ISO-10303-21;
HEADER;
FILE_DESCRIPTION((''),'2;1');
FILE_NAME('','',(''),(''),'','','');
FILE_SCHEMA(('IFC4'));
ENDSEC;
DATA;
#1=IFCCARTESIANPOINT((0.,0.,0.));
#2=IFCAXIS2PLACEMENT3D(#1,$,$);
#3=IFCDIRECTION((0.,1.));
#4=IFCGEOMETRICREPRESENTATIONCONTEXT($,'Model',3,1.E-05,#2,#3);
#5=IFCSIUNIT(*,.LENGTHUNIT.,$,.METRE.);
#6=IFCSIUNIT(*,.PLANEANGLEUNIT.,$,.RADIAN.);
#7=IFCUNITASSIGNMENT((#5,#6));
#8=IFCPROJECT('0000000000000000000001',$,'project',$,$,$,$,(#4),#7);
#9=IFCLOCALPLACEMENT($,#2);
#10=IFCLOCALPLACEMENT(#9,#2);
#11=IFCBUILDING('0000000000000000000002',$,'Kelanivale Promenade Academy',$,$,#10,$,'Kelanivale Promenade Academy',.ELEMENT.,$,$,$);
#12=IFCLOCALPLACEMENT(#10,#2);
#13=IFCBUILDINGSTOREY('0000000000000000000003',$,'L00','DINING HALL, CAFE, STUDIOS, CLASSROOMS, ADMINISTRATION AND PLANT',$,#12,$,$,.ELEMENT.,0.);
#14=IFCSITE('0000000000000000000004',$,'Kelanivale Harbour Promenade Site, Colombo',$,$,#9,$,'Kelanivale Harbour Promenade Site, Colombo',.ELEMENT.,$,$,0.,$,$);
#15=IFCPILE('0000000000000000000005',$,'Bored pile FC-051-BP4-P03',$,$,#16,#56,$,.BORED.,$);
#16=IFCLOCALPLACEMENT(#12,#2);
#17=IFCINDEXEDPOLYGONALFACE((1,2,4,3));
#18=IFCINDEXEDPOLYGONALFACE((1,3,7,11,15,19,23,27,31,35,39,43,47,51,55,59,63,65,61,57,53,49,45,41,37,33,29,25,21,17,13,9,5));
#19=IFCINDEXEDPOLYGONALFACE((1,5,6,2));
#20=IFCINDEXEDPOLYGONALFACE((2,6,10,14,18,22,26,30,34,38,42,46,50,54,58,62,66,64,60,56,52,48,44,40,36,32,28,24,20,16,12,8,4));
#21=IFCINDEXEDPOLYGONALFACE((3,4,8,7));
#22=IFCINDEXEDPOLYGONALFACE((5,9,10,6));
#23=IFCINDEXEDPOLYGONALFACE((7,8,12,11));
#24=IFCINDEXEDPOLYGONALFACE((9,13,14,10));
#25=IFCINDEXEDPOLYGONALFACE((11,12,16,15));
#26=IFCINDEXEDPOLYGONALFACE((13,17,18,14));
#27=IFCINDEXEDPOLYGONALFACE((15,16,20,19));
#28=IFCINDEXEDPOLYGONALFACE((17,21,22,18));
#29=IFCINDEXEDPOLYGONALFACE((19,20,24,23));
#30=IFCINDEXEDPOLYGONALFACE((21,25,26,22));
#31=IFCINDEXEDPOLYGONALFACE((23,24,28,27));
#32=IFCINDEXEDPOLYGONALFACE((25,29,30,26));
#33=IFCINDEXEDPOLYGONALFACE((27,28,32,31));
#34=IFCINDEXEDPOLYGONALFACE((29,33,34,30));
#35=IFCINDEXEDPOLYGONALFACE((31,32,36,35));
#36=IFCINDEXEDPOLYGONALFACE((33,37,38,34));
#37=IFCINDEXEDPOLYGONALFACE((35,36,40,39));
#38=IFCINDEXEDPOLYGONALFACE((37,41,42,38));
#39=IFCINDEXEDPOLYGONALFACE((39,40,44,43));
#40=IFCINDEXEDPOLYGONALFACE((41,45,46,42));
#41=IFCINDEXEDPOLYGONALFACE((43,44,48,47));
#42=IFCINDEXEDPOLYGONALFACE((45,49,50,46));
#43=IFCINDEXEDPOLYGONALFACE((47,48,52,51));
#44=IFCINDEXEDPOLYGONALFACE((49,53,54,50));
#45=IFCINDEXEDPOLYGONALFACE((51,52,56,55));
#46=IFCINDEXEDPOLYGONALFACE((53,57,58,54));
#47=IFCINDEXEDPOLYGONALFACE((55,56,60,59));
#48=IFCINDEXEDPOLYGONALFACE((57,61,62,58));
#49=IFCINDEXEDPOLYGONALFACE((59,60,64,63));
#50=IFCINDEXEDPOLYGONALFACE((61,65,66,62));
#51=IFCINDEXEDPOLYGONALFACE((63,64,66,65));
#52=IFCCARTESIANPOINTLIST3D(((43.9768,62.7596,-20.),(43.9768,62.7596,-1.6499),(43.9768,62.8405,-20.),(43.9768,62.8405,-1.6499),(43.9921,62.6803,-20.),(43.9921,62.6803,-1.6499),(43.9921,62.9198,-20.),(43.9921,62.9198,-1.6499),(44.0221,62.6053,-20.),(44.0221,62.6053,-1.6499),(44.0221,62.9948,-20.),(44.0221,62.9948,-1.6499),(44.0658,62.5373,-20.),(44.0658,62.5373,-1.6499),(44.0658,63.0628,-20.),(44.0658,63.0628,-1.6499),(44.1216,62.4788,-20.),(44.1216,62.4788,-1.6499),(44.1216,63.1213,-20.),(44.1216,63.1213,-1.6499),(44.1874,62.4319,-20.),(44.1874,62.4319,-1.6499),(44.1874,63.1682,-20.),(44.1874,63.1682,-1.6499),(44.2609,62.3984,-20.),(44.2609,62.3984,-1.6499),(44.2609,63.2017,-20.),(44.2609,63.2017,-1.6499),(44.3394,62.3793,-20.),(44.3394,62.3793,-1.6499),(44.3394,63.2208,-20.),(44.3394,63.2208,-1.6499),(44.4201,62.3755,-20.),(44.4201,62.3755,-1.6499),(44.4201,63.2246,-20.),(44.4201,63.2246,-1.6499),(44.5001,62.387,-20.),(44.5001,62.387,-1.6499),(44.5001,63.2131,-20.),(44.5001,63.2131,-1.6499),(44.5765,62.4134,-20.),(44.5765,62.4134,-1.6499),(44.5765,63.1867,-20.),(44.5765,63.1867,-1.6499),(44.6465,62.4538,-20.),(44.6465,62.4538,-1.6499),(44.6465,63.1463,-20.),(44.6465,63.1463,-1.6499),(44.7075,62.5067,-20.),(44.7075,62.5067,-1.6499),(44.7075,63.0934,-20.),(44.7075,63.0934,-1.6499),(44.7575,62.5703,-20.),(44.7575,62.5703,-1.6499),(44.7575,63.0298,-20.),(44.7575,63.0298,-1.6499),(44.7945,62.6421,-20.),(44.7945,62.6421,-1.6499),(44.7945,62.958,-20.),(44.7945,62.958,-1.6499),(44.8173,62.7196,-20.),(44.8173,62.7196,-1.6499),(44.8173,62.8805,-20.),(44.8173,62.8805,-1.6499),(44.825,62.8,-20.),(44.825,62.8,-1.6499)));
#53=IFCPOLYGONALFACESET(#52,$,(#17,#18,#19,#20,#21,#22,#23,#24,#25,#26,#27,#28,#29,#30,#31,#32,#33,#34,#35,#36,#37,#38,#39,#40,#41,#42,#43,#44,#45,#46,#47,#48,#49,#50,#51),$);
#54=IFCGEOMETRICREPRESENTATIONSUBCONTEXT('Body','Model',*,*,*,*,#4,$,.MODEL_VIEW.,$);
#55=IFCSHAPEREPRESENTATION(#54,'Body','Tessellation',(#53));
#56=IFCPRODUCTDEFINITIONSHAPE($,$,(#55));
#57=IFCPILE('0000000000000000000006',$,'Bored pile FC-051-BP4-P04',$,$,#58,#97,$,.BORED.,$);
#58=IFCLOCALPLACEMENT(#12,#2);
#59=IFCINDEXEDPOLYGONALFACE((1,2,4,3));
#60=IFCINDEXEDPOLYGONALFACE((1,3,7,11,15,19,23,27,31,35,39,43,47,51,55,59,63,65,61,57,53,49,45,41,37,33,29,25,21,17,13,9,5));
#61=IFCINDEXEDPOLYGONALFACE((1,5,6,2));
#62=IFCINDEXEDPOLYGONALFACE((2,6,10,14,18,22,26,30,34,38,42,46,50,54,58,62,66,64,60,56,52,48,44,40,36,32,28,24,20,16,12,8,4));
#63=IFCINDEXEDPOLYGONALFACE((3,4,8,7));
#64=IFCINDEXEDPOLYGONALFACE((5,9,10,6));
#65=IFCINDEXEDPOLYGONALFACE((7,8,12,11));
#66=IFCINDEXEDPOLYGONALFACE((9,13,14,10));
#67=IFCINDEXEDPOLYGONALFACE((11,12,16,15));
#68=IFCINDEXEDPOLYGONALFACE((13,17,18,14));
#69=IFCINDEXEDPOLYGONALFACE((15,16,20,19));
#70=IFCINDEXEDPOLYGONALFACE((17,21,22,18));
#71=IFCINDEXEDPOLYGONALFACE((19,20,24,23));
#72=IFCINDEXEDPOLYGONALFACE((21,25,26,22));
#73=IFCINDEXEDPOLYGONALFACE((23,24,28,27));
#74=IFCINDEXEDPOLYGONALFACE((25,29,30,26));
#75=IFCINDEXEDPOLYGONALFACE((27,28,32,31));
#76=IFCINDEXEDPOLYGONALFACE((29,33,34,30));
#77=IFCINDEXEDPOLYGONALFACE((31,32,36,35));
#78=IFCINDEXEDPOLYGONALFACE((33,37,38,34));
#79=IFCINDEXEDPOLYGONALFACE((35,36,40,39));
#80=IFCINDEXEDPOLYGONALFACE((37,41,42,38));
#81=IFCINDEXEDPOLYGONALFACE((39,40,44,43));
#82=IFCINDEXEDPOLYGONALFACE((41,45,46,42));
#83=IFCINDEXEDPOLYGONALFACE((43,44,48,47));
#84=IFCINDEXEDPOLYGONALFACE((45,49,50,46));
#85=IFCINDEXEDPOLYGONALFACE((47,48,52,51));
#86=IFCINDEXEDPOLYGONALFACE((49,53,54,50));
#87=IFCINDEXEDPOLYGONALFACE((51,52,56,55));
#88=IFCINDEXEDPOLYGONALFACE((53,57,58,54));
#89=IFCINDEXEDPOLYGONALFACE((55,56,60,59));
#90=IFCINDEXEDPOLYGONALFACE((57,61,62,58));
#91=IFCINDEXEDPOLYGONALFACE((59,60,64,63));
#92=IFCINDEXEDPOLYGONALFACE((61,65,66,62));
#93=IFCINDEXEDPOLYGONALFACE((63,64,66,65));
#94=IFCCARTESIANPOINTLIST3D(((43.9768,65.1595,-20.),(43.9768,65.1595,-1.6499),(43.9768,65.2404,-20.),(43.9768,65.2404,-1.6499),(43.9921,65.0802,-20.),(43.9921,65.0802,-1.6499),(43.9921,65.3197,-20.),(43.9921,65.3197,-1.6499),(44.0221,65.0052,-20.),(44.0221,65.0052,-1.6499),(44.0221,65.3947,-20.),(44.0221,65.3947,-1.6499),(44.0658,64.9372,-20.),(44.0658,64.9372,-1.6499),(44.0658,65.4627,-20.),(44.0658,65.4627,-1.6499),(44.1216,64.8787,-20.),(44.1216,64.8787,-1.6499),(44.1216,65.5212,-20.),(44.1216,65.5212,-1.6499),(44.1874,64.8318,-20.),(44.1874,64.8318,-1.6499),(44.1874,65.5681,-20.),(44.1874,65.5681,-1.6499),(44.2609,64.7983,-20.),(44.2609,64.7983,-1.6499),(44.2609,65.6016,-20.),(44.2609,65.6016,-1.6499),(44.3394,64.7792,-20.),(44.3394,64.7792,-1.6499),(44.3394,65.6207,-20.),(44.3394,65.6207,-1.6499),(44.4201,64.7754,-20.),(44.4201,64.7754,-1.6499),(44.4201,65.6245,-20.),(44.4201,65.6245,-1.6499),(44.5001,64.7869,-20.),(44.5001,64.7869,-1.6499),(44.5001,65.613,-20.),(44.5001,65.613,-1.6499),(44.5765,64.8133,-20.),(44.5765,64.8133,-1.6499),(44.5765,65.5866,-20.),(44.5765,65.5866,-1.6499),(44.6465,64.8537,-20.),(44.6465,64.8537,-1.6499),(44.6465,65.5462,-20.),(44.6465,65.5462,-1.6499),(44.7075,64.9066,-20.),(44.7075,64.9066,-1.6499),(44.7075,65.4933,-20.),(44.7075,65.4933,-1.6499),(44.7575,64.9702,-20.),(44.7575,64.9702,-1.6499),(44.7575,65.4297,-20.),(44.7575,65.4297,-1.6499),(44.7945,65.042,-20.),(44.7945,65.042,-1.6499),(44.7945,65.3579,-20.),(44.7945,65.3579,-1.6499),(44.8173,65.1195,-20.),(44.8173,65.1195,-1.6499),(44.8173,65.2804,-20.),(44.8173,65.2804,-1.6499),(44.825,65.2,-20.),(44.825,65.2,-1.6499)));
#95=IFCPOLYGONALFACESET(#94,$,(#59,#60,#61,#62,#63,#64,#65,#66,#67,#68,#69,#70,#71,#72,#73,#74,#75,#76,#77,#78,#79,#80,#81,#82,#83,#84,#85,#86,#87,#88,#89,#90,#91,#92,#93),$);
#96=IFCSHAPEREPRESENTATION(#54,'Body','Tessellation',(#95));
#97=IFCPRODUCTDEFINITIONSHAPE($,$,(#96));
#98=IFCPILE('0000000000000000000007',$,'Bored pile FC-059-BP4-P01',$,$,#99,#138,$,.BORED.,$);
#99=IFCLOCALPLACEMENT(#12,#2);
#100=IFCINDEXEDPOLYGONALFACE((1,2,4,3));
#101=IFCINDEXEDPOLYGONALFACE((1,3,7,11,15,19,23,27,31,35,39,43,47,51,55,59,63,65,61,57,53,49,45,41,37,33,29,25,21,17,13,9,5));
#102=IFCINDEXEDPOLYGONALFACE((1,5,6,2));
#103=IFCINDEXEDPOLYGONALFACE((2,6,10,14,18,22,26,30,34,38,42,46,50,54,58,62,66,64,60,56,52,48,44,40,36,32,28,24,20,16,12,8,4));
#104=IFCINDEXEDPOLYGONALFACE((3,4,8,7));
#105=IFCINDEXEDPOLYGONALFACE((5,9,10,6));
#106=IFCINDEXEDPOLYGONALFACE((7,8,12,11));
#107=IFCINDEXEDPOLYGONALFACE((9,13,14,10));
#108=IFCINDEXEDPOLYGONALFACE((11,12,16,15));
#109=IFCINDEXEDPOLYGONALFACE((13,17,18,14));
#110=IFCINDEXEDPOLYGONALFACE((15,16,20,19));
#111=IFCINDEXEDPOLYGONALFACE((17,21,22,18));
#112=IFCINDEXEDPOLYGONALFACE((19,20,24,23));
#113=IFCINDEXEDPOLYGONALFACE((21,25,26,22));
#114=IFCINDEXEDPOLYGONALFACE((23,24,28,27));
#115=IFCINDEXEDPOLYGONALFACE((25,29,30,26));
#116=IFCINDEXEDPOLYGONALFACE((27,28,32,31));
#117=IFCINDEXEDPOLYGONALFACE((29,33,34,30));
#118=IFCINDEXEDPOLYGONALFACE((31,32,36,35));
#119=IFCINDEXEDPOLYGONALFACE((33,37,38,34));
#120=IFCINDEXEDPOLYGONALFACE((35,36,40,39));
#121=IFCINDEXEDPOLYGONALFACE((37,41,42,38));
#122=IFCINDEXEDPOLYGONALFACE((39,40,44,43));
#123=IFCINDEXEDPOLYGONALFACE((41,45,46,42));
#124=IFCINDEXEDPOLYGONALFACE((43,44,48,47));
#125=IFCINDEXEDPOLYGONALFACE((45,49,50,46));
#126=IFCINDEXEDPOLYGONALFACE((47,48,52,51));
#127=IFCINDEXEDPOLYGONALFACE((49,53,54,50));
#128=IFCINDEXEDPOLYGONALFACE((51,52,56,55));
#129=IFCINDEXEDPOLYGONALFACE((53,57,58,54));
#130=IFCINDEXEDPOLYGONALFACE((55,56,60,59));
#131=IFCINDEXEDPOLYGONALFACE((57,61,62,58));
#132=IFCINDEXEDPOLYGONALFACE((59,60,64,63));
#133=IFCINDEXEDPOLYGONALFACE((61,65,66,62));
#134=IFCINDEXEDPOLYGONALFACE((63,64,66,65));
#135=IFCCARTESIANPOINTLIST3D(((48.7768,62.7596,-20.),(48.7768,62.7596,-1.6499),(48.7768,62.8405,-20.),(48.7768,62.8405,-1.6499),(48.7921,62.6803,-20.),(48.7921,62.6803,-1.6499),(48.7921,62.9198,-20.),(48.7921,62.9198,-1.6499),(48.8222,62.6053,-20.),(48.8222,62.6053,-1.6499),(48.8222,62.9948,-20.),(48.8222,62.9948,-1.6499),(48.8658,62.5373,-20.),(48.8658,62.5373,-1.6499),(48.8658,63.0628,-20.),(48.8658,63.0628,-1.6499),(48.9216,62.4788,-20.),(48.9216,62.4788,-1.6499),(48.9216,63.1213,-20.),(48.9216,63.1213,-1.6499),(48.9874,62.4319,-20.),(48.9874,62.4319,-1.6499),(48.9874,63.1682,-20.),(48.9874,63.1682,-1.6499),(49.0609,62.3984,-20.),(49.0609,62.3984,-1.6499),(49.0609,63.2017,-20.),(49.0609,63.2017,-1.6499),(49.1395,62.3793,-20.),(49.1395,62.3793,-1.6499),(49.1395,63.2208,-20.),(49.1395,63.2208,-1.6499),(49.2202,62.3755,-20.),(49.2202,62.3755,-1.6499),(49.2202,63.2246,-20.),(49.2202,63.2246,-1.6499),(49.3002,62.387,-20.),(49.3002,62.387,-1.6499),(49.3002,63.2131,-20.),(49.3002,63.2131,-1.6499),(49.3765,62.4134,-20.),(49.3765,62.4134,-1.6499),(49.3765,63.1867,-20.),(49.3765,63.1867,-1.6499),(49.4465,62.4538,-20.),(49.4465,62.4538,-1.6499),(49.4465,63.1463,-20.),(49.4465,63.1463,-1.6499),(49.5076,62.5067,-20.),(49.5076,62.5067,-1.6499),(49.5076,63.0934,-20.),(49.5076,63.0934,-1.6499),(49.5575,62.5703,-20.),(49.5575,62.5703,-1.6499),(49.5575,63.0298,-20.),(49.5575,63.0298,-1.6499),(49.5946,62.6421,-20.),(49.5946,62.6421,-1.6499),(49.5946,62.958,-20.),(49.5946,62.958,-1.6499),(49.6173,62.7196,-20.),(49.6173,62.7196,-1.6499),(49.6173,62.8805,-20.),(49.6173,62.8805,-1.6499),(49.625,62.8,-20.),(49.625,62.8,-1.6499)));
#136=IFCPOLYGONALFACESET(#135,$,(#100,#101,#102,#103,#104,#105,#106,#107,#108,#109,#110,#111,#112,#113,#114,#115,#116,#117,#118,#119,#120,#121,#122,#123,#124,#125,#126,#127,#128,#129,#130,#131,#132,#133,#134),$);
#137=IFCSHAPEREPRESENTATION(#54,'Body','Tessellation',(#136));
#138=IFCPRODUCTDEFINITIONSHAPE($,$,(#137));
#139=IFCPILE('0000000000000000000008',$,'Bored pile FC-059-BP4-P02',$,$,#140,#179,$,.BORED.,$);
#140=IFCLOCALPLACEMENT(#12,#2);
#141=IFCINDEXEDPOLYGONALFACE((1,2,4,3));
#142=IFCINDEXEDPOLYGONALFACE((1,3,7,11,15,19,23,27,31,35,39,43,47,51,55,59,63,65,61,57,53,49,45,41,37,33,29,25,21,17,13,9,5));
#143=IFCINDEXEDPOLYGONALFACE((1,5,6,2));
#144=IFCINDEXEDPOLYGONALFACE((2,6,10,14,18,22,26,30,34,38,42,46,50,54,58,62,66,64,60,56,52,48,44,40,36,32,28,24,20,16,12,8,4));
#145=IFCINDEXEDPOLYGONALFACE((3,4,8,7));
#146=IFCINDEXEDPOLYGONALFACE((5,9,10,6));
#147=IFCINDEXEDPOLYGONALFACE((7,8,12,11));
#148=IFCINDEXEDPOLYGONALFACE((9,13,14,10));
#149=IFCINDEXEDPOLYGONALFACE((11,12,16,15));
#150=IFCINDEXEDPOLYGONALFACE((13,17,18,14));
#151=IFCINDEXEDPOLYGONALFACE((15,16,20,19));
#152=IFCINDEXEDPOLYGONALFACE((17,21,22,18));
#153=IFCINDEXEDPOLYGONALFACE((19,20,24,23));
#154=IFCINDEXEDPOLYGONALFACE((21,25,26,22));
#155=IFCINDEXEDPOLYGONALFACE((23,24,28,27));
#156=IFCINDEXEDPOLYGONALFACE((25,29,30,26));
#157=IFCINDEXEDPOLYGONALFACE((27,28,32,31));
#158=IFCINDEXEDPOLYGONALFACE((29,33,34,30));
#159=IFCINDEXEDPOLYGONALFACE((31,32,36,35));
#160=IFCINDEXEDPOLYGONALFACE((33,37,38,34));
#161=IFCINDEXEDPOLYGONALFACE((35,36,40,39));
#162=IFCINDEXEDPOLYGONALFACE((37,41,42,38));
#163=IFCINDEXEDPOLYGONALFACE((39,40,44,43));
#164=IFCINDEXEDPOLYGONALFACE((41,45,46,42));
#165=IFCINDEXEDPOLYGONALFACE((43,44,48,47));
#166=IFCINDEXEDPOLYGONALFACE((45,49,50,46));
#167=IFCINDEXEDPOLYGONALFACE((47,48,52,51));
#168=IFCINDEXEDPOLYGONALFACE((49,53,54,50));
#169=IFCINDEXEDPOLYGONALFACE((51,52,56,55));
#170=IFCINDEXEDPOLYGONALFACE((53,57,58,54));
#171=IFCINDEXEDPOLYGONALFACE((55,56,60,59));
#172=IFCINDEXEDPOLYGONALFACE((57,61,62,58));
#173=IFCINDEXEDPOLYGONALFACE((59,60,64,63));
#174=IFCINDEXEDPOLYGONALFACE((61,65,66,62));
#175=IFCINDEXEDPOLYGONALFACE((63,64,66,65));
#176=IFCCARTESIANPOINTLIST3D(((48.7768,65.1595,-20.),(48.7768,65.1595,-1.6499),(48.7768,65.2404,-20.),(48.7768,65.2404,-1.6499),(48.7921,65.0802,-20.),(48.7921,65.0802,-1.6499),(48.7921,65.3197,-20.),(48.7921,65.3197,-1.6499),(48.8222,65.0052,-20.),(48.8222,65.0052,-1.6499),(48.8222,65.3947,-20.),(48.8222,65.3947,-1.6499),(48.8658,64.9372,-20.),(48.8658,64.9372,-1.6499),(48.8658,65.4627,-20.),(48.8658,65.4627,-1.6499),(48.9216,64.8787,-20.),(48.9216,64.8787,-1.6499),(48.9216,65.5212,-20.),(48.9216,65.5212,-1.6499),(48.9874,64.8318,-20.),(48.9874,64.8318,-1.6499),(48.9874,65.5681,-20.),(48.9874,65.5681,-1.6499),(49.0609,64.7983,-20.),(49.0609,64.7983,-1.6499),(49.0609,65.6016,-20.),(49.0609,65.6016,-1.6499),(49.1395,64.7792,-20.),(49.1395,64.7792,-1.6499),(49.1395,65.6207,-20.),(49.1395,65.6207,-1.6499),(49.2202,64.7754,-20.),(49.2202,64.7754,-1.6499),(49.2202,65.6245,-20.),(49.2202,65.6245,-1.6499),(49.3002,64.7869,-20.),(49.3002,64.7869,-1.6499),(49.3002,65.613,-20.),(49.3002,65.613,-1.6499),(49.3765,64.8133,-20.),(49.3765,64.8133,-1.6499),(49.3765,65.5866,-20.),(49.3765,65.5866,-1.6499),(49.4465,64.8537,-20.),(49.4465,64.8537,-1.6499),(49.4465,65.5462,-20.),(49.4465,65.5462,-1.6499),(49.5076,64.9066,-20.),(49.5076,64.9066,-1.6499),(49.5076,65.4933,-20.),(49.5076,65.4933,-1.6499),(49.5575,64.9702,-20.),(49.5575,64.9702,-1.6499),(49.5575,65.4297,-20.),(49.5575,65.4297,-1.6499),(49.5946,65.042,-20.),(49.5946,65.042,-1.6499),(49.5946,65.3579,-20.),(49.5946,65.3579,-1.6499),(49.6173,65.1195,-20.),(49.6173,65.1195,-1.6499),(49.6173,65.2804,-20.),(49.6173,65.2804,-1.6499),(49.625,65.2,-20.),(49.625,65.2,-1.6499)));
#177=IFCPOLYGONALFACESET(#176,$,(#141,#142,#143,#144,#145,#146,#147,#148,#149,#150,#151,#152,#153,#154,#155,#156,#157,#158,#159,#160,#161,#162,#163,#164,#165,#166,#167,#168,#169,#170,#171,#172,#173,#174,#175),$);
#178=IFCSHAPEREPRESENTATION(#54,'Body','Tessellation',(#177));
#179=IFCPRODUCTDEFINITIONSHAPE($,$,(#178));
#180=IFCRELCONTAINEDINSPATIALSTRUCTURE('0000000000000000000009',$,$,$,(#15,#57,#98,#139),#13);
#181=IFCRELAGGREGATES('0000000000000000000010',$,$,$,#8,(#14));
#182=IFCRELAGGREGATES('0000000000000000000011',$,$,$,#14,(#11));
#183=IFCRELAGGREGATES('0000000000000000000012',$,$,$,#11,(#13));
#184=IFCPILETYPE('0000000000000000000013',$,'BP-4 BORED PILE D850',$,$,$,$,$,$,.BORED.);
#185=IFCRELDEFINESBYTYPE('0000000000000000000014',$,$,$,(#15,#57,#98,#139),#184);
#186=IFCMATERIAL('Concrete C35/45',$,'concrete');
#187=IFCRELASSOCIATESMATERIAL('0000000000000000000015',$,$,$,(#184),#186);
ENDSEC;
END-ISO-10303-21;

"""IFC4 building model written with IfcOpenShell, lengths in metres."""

from ifc_helpers import new_model, si_unit, direction, frame, origin, origin_2d, place, context, subcontext, project, spatial, circle, extrude, material, material_profile, profile_set, type_object, element, save


model = new_model("IFC4")

# Units and contexts
model_context = context("Model", 3, precision=1e-05, world=origin(), true_north=direction((0.0, 1.0)))
body_context = subcontext(model_context, "Body", "Model", "MODEL_VIEW")
ifc_project = project(units=[si_unit("LENGTHUNIT", "METRE"), si_unit("PLANEANGLEUNIT", "RADIAN")], contexts=[model_context])

# Site, building, storey
site_placement = place(None, origin())
site = spatial("IfcSite", under=ifc_project, at=site_placement, Name="Kelanivale Harbour Promenade Site, Colombo", LongName="Kelanivale Harbour Promenade Site, Colombo", CompositionType="ELEMENT", RefElevation=0.0)
building_placement = place(site_placement, origin())
building = spatial("IfcBuilding", under=site, at=building_placement, Name="Kelanivale Promenade Academy", LongName="Kelanivale Promenade Academy", CompositionType="ELEMENT")
storey_placement = place(building_placement, origin())
storey = spatial("IfcBuildingStorey", under=building, at=storey_placement, Name="L00", Description="DINING HALL, CAFE, STUDIOS, CLASSROOMS, ADMINISTRATION AND PLANT", CompositionType="ELEMENT", Elevation=0.0)

# Piles
ifc_material_1 = material(Name="Concrete C35/45", Category="concrete")
ifc_material_profile_1 = material_profile(ifc_material_1, circle(Radius=0.425, at=origin_2d()), Name="BORED PILE D850")
ifc_profile_set_1 = profile_set([ifc_material_profile_1], Name="Concrete C35/45")
pile_type = type_object("IfcPileType", Name="BP-4 BORED PILE D850", PredefinedType="BORED", material=ifc_profile_set_1)
for number, where, z_axis, x_axis, name in (
    (1, (44.3999, 62.8, -1.6499), (0.0, 0.0, -1.0), (1.0, 0.0, 0.0), "Bored pile FC-051-BP4-P03"),
    (2, (44.3999, 65.2, -1.6499), (0.0, 0.0, -1.0), (1.0, 0.0, 0.0), "Bored pile FC-051-BP4-P04"),
    (3, (49.2, 62.8, -1.6499), (0.0, 0.0, -1.0), (1.0, 0.0, 0.0), "Bored pile FC-059-BP4-P01"),
    (4, (49.2, 65.2, -1.6499), (0.0, 0.0, -1.0), (1.0, 0.0, 0.0), "Bored pile FC-059-BP4-P02"),
):
    element("IfcPile", number, at=place(storey_placement, frame(where, z_axis=z_axis, x_axis=x_axis)), inside=storey, type_object=pile_type, Name=name, PredefinedType="BORED", context=body_context, shape_type="SweptSolid", body=[
        extrude(circle(Radius=0.425, at=origin_2d()), origin(), (0.0, 0.0, 1.0), 18.3501),
    ])

save(model, "model.ifc")
